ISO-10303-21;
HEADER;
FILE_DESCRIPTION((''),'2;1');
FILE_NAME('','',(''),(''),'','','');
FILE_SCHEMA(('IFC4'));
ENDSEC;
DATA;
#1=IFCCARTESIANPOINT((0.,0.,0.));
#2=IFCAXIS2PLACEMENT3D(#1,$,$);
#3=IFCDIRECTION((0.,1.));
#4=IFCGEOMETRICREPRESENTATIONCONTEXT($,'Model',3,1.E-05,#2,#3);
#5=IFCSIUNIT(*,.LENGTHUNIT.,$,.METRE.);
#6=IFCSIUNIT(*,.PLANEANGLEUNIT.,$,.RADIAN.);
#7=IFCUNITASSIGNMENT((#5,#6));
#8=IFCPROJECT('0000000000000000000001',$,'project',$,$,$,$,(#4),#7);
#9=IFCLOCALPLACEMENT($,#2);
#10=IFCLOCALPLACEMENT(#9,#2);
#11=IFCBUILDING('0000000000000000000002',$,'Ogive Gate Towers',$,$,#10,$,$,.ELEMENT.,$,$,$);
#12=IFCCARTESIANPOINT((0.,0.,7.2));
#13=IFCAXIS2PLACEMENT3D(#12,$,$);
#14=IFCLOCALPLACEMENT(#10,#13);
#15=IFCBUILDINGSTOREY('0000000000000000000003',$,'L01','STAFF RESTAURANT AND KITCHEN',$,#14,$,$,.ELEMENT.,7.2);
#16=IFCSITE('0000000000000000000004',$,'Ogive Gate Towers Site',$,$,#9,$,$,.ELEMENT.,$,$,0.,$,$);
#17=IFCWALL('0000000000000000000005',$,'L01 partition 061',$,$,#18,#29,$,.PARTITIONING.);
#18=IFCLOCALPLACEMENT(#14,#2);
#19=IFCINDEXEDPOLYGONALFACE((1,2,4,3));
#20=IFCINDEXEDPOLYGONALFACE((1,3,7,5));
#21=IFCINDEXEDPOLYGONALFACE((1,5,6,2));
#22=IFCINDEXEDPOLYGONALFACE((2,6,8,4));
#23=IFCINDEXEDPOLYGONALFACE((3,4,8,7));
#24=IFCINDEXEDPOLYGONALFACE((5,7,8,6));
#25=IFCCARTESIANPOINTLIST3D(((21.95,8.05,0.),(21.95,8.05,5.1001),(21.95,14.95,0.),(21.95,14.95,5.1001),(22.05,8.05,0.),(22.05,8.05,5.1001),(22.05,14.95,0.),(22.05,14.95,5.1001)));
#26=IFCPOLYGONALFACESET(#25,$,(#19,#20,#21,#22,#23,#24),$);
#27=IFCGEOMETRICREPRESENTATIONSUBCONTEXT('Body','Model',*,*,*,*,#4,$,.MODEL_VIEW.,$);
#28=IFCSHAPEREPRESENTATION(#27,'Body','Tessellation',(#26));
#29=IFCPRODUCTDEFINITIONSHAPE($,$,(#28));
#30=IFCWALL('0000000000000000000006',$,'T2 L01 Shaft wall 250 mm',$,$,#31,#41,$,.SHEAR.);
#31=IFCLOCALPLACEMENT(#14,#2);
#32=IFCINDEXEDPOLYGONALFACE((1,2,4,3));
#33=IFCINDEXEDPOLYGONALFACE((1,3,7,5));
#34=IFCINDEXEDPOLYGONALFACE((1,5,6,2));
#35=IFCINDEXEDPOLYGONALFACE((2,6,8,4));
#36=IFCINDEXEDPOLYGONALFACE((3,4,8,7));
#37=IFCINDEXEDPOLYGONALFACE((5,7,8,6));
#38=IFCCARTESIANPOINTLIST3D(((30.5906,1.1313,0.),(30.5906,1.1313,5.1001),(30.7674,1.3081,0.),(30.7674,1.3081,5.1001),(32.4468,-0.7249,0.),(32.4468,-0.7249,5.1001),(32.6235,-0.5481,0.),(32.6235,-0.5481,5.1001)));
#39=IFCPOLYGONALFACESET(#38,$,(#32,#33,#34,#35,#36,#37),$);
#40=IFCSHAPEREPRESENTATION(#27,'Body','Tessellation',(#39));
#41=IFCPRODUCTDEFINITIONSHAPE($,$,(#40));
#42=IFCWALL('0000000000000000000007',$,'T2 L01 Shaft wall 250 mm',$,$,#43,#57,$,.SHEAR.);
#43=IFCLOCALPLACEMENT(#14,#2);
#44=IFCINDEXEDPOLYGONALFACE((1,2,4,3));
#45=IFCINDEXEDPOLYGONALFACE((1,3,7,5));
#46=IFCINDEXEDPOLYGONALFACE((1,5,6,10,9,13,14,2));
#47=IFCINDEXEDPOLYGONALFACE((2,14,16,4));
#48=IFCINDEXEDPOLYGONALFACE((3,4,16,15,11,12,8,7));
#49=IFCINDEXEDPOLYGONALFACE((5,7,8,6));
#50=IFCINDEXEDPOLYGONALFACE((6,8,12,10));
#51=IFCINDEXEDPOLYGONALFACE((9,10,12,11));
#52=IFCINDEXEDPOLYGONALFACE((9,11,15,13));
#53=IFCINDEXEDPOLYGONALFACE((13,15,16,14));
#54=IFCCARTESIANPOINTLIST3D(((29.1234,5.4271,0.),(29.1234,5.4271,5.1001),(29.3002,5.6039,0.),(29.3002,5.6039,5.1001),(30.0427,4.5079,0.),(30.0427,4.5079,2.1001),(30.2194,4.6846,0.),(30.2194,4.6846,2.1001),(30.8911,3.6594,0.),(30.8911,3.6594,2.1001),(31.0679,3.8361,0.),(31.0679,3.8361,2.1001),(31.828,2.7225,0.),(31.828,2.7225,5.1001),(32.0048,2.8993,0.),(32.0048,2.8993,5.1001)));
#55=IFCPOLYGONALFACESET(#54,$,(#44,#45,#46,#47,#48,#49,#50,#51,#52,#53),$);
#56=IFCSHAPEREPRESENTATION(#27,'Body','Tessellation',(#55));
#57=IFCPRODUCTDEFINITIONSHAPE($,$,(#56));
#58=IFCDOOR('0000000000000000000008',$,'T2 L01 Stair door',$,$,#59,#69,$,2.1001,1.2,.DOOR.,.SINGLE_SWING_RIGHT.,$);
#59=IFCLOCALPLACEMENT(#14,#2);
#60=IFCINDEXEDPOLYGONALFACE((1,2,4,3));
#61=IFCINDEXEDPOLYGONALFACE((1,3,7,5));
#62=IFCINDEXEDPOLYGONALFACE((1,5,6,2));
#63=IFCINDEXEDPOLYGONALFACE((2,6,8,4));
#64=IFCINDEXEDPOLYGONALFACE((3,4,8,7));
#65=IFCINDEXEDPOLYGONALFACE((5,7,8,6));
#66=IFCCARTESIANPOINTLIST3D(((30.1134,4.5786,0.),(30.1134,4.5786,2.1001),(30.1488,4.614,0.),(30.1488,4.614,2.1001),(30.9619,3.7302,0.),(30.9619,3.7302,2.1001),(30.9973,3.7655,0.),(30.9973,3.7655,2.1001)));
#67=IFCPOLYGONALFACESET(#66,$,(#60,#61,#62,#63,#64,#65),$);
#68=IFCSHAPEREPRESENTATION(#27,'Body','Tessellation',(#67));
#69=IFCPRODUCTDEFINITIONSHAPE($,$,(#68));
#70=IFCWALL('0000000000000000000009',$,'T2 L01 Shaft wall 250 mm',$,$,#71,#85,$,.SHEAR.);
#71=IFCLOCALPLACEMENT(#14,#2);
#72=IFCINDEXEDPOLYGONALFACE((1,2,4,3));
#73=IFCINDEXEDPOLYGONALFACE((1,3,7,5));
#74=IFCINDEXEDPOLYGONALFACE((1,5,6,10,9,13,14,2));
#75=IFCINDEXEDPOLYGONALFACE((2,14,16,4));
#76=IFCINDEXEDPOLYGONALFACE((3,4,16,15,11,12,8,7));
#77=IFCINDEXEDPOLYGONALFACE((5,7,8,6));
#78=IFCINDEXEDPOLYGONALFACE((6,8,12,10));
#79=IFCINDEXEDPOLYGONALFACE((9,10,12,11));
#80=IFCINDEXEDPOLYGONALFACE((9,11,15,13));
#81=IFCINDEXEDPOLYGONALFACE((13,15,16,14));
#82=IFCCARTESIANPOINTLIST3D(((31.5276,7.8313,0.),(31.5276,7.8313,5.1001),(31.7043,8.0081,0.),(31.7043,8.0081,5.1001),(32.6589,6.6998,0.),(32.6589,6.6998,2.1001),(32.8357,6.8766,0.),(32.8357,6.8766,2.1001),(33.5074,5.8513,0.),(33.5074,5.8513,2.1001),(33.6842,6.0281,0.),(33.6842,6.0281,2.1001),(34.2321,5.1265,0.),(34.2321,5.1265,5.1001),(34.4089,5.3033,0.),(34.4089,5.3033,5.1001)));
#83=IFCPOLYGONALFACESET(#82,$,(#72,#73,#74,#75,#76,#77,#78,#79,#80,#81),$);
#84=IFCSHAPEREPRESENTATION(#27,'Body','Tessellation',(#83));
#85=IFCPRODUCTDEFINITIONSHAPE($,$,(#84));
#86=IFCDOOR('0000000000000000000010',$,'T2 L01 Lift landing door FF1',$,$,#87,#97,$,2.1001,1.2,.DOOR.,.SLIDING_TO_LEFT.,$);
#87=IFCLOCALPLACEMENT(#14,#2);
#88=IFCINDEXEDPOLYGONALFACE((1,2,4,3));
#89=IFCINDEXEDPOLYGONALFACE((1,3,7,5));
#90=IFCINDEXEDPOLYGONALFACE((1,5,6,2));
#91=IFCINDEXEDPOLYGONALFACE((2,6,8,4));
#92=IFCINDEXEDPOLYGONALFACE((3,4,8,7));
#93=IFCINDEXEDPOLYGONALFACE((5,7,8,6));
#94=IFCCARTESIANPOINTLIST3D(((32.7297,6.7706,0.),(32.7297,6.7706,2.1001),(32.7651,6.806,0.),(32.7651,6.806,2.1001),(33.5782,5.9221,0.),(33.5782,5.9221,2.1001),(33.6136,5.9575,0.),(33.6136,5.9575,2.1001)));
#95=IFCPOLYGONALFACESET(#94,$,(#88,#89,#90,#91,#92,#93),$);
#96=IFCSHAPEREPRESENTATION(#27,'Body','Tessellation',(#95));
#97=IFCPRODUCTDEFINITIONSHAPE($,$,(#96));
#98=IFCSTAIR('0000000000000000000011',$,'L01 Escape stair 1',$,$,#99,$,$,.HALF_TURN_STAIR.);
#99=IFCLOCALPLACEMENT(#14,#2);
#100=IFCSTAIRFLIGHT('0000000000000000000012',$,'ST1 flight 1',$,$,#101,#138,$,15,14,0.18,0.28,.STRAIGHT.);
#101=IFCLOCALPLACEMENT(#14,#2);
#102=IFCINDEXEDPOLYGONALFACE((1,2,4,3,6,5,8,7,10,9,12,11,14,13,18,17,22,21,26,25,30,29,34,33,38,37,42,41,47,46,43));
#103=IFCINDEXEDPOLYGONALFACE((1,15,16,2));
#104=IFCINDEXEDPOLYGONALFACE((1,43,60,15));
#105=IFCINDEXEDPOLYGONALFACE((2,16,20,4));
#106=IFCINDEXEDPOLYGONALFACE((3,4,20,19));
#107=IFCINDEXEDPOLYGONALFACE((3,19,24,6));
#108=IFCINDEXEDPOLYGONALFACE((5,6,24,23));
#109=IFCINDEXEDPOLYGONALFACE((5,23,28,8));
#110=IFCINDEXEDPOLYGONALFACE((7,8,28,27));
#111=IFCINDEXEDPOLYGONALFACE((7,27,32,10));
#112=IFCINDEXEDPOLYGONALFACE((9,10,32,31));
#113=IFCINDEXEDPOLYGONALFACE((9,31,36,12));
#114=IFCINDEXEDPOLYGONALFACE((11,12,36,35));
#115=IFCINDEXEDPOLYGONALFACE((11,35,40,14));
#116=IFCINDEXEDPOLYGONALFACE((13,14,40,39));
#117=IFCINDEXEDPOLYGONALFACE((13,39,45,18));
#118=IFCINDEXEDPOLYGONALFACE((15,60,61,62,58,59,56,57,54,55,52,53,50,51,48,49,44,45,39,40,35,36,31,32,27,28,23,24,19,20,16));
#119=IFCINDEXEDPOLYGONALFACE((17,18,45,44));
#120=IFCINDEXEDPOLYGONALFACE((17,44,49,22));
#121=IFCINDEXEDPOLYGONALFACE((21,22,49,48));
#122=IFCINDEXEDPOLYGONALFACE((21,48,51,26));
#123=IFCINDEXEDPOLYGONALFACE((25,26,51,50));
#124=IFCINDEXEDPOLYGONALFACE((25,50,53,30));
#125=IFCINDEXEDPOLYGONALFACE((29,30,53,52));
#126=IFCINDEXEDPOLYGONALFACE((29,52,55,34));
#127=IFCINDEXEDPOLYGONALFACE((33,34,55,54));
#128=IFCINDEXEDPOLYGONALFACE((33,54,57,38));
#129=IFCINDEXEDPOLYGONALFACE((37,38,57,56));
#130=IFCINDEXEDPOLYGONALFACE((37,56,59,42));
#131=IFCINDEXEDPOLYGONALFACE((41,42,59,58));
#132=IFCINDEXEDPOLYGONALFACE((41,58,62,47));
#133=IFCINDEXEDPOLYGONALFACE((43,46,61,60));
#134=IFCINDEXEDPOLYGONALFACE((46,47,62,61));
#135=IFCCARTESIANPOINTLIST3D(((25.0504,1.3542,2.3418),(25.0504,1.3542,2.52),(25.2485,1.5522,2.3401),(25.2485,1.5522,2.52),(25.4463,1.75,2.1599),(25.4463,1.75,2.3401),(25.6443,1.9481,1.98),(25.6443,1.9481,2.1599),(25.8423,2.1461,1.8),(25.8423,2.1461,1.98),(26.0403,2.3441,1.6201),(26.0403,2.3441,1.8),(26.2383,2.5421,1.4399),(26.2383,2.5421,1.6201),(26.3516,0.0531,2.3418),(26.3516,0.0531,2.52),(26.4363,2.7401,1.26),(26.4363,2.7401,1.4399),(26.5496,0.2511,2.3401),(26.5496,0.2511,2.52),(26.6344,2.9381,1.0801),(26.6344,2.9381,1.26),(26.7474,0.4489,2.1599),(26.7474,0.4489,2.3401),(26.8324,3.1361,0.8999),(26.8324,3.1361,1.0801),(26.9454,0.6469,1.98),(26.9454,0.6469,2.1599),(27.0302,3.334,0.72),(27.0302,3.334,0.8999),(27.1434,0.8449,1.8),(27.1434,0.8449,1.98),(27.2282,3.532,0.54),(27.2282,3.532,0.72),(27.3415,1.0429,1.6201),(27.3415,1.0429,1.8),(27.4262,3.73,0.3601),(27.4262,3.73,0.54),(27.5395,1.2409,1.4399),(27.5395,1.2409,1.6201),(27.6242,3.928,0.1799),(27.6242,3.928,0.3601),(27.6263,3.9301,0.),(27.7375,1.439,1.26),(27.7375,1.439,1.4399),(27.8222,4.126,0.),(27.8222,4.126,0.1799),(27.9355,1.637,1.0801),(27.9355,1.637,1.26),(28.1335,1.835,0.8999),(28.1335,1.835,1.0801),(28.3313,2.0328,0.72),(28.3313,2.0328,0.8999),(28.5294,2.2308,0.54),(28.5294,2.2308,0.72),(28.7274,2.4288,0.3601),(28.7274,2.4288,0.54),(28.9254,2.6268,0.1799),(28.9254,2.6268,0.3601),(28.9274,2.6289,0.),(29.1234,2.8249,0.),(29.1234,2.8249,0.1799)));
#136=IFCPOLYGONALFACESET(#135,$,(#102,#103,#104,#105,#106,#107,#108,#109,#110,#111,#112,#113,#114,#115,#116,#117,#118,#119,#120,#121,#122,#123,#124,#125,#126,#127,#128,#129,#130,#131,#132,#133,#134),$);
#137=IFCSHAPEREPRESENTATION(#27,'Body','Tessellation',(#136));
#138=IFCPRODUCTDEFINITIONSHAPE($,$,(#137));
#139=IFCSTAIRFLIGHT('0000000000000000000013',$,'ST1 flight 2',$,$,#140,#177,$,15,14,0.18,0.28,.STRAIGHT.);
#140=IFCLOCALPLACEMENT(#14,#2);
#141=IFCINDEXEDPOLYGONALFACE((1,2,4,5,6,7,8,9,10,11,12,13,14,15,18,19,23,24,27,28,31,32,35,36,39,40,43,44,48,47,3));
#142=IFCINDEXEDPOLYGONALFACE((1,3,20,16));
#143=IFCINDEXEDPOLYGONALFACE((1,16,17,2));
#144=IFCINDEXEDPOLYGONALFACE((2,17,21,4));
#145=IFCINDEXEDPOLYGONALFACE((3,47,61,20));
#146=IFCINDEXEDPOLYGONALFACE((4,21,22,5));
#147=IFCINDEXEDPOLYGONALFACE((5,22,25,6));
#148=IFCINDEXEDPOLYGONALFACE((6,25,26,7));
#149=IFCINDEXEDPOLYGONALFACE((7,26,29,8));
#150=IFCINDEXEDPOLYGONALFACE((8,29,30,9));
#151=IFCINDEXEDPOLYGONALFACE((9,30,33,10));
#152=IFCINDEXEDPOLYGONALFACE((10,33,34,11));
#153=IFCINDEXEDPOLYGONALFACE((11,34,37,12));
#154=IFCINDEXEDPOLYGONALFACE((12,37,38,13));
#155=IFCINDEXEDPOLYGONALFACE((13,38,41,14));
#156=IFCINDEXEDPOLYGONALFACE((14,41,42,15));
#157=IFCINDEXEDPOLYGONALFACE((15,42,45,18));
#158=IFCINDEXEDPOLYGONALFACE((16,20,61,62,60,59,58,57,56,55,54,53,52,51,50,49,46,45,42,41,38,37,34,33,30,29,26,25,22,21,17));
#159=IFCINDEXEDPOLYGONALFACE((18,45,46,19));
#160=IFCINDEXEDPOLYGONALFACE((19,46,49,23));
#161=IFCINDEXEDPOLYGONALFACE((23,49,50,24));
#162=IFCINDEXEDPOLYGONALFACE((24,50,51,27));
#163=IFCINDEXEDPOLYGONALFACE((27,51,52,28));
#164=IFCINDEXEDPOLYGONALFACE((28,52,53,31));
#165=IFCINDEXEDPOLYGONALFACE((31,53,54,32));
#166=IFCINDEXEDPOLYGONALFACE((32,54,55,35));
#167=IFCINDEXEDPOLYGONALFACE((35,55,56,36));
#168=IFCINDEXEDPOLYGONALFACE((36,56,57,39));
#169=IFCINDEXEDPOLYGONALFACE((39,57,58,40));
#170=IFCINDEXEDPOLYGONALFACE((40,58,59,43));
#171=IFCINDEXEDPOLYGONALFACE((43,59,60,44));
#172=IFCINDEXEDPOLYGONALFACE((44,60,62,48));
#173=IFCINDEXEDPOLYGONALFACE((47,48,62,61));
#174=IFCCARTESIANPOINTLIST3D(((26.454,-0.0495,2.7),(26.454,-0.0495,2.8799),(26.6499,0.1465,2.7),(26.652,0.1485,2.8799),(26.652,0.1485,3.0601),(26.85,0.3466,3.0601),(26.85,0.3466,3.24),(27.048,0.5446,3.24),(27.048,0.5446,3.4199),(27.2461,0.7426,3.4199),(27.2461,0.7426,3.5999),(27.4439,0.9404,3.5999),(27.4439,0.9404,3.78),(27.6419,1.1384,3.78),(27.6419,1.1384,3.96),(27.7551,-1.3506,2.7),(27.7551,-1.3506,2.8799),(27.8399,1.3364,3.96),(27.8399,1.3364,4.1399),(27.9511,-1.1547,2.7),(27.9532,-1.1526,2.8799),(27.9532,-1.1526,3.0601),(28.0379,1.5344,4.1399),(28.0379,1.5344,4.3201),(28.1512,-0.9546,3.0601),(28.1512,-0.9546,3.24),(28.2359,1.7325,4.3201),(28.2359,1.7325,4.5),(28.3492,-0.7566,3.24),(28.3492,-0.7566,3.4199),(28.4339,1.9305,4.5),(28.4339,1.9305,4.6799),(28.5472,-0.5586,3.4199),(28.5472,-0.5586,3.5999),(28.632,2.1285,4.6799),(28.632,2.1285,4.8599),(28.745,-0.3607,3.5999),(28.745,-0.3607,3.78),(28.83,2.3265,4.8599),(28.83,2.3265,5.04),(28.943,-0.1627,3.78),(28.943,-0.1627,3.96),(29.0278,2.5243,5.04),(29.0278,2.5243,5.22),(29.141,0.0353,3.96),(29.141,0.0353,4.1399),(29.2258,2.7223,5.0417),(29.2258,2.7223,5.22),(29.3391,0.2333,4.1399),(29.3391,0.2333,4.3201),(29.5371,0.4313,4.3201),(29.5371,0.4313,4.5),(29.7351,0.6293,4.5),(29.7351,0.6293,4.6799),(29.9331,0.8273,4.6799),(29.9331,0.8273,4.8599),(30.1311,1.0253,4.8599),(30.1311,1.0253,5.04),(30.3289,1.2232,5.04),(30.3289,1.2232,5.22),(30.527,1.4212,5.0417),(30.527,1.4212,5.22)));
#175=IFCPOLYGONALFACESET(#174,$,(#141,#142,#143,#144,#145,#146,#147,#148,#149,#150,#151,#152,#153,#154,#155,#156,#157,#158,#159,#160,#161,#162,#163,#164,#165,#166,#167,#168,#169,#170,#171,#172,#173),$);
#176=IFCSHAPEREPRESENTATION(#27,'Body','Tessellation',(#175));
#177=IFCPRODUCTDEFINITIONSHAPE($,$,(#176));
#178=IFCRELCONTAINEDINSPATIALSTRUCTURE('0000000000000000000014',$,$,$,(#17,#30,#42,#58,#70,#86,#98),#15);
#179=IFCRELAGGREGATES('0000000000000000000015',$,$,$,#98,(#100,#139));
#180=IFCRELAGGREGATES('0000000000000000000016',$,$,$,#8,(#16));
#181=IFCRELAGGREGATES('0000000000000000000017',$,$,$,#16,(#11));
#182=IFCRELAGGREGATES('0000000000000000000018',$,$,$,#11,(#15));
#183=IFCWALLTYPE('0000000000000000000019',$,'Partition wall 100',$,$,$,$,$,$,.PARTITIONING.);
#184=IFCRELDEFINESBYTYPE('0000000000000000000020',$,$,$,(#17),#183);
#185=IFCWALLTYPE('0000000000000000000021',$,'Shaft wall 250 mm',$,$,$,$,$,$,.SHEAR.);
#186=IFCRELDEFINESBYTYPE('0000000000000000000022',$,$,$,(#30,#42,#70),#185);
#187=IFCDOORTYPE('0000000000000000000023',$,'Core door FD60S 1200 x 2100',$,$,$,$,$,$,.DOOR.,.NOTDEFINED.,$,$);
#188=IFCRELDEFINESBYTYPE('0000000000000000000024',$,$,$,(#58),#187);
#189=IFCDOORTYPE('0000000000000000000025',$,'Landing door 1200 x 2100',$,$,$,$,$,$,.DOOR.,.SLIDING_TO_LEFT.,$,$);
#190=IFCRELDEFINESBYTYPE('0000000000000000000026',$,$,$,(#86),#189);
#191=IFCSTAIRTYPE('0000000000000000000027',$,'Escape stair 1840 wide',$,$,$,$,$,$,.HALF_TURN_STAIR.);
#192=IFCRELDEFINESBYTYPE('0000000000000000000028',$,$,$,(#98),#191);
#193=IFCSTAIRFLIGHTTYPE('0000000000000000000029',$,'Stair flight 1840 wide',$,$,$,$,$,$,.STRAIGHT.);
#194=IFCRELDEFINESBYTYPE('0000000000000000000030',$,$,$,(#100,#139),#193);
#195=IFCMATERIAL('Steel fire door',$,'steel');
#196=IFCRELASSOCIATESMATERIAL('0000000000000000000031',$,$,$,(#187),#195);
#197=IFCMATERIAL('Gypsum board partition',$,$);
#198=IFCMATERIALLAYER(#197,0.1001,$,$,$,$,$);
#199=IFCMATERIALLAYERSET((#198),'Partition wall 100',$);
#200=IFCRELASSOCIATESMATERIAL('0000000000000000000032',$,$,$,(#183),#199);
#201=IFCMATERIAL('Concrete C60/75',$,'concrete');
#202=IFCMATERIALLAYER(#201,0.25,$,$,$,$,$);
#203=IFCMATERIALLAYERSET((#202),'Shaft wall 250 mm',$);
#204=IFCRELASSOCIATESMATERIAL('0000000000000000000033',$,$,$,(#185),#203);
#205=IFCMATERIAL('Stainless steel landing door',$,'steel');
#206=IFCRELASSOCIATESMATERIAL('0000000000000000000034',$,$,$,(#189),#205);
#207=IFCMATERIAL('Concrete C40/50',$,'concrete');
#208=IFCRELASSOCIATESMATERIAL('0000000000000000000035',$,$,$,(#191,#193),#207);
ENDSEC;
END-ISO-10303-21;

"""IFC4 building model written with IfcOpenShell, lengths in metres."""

from ifc_helpers import new_model, si_unit, direction, frame, frame_2d, origin, place, context, subcontext, project, spatial, polyline, rectangle, outline, extrude, material, layer, layer_set, type_object, element, fill, aggregate, save


model = new_model("IFC4")

# Units and contexts
model_context = context("Model", 3, precision=1e-05, world=origin(), true_north=direction((0.0, 1.0)))
body_context = subcontext(model_context, "Body", "Model", "MODEL_VIEW")
ifc_project = project(units=[si_unit("LENGTHUNIT", "METRE"), si_unit("PLANEANGLEUNIT", "RADIAN")], contexts=[model_context])

# Site, building, storey
site_placement = place(None, origin())
site = spatial("IfcSite", under=ifc_project, at=site_placement, Name="Ogive Gate Towers Site", CompositionType="ELEMENT", RefElevation=0.0)
building_placement = place(site_placement, origin())
building = spatial("IfcBuilding", under=site, at=building_placement, Name="Ogive Gate Towers", CompositionType="ELEMENT")
storey_placement = place(building_placement, frame((0.0, 0.0, 7.2)))
storey = spatial("IfcBuildingStorey", under=building, at=storey_placement, Name="L01", Description="STAFF RESTAURANT AND KITCHEN", CompositionType="ELEMENT", Elevation=7.2)

# Shared definitions
ifc_material_1 = material(Name="Concrete C40/50", Category="concrete")

# Shared definitions
ifc_material_2 = material(Name="Concrete C60/75", Category="concrete")
ifc_material_3 = material(Name="Steel fire door", Category="steel")
door_type_1 = type_object("IfcDoorType", Name="Core door FD60S 1200 x 2100", OperationType="NOTDEFINED", PredefinedType="DOOR", material=ifc_material_3)

# Shared definitions
ifc_material_4 = material(Name="Gypsum board partition")
ifc_layer_1 = layer(ifc_material_4, 0.1001)
ifc_layer_set_1 = layer_set([ifc_layer_1], Name="Partition wall 100")
wall_type_1 = type_object("IfcWallType", Name="Partition wall 100", PredefinedType="PARTITIONING", material=ifc_layer_set_1)

# Walls
wall_1_placement = place(storey_placement, frame((22.0, 8.05, 0.0), z_axis=(0.0, 0.0, 1.0), x_axis=(0.0, 1.0, 0.0)))
element("IfcWall", 1, at=wall_1_placement, inside=storey, type_object=wall_type_1, Name="L01 partition 061", PredefinedType="PARTITIONING", context=body_context, shape_type="SweptSolid", body=[
    extrude(rectangle(XDim=6.8999, YDim=0.1001, at=frame_2d((3.45, 0.0))), origin(), (0.0, 0.0, 1.0), 5.1001),
])
ifc_layer_2 = layer(ifc_material_2, 0.25)
ifc_layer_set_2 = layer_set([ifc_layer_2], Name="Shaft wall 250 mm")
wall_type_2 = type_object("IfcWallType", Name="Shaft wall 250 mm", PredefinedType="SHEAR", material=ifc_layer_set_2)
wall_2_placement = place(storey_placement, frame((32.5352, -0.6365, 0.0), z_axis=(0.0, 0.0, 1.0), x_axis=(-0.707107, 0.707107, 0.0)))
element("IfcWall", 2, at=wall_2_placement, inside=storey, type_object=wall_type_2, Name="T2 L01 Shaft wall 250 mm", PredefinedType="SHEAR", context=body_context, shape_type="SweptSolid", body=[
    extrude(rectangle(XDim=2.625, YDim=0.25, at=frame_2d((1.3125, 0.0))), origin(), (0.0, 0.0, 1.0), 5.1001),
])

# Walls, openings, doors
wall_3_placement = place(storey_placement, frame((31.9165, 2.8108, 0.0), z_axis=(0.0, 0.0, 1.0), x_axis=(-0.707107, 0.707107, 0.0)))
wall_3 = element("IfcWall", 3, at=wall_3_placement, inside=storey, type_object=wall_type_2, Name="T2 L01 Shaft wall 250 mm", PredefinedType="SHEAR", context=body_context, shape_type="SweptSolid", body=[
    extrude(rectangle(XDim=3.825, YDim=0.25, at=frame_2d((1.9126, 0.0))), origin(), (0.0, 0.0, 1.0), 5.1001),
])
opening_1_placement = place(wall_3_placement, frame((1.325, 0.0, 0.0)))
opening_1 = element("IfcOpeningElement", 4, at=opening_1_placement, cuts=wall_3, PredefinedType="OPENING", context=body_context, shape_type="SweptSolid", body=[
    extrude(rectangle(XDim=1.2, YDim=2.1001, at=frame_2d((0.6001, 1.05))), frame((0.0, 0.135, 0.0), z_axis=(0.0, -1.0, 0.0), x_axis=(1.0, 0.0, 0.0)), (0.0, 0.0, 1.0), 0.27),
])
door_1_placement = place(opening_1_placement, origin())
door_1 = element("IfcDoor", 5, at=door_1_placement, inside=storey, type_object=door_type_1, Name="T2 L01 Stair door", OperationType="SINGLE_SWING_RIGHT", OverallHeight=2.1001, OverallWidth=1.2, PredefinedType="DOOR", context=body_context, shape_type="SweptSolid", body=[
    extrude(rectangle(XDim=1.2, YDim=2.1001, at=frame_2d((0.6001, 1.05))), frame((0.0, 0.0249, 0.0), z_axis=(0.0, -1.0, 0.0), x_axis=(1.0, 0.0, 0.0)), (0.0, 0.0, 1.0), 0.05),
])
fill(opening_1, door_1)
wall_4_placement = place(storey_placement, frame((34.3206, 5.2148, 0.0), z_axis=(0.0, 0.0, 1.0), x_axis=(-0.707075, 0.707139, 0.0)))
wall_4 = element("IfcWall", 6, at=wall_4_placement, inside=storey, type_object=wall_type_2, Name="T2 L01 Shaft wall 250 mm", PredefinedType="SHEAR", context=body_context, shape_type="SweptSolid", body=[
    extrude(rectangle(XDim=3.825, YDim=0.25, at=frame_2d((1.9126, 0.0))), origin(), (0.0, 0.0, 1.0), 5.1001),
])
opening_2_placement = place(wall_4_placement, frame((1.0249, 0.0, 0.0)))
opening_2 = element("IfcOpeningElement", 7, at=opening_2_placement, cuts=wall_4, PredefinedType="OPENING", context=body_context, shape_type="SweptSolid", body=[
    extrude(rectangle(XDim=1.2, YDim=2.1001, at=frame_2d((0.6001, 1.05))), frame((0.0, 0.135, 0.0), z_axis=(0.0, -1.0, 0.0), x_axis=(1.0, 0.0, 0.0)), (0.0, 0.0, 1.0), 0.27),
])
ifc_material_5 = material(Name="Stainless steel landing door", Category="steel")
door_type_2 = type_object("IfcDoorType", Name="Landing door 1200 x 2100", OperationType="SLIDING_TO_LEFT", PredefinedType="DOOR", material=ifc_material_5)
door_2_placement = place(opening_2_placement, origin())
door_2 = element("IfcDoor", 8, at=door_2_placement, inside=storey, type_object=door_type_2, Name="T2 L01 Lift landing door FF1", OperationType="SLIDING_TO_LEFT", OverallHeight=2.1001, OverallWidth=1.2, PredefinedType="DOOR", context=body_context, shape_type="SweptSolid", body=[
    extrude(rectangle(XDim=1.2, YDim=2.1001, at=frame_2d((0.6001, 1.05))), frame((0.0, 0.0249, 0.0), z_axis=(0.0, -1.0, 0.0), x_axis=(1.0, 0.0, 0.0)), (0.0, 0.0, 1.0), 0.05),
])
fill(opening_2, door_2)

# Stair, stair flights
stair_type = type_object("IfcStairType", Name="Escape stair 1840 wide", PredefinedType="HALF_TURN_STAIR", material=ifc_material_1)
stair_placement = place(storey_placement, origin())
stair = element("IfcStair", 9, at=stair_placement, inside=storey, type_object=stair_type, Name="L01 Escape stair 1", PredefinedType="HALF_TURN_STAIR")
stair_flight_type = type_object("IfcStairFlightType", Name="Stair flight 1840 wide", PredefinedType="STRAIGHT", material=ifc_material_1)
stair_flight_1_placement = place(storey_placement, frame((28.4729, 3.4753, 0.0), z_axis=(0.0, 0.0, 1.0), x_axis=(-0.707107, -0.707107, 0.0)))
stair_flight_1 = element("IfcStairFlight", 10, at=stair_flight_1_placement, type_object=stair_flight_type, Name="ST1 flight 1", NumberOfRisers=15, NumberOfTreads=14, PredefinedType="STRAIGHT", RiserHeight=0.18, TreadLength=0.28, context=body_context, shape_type="SweptSolid", body=[
    extrude(outline(polyline([(0.0, 0.0), (0.0, 0.1799), (0.28, 0.1799), (0.28, 0.3601), (0.5601, 0.3601), (0.5601, 0.54), (0.8401, 0.54), (0.8401, 0.72), (1.1201, 0.72), (1.1201, 0.8999), (1.3999, 0.8999), (1.3999, 1.0801), (1.6799, 1.0801), (1.6799, 1.26), (1.96, 1.26), (1.96, 1.4399), (2.24, 1.4399), (2.24, 1.6201), (2.52, 1.6201), (2.52, 1.8), (2.8, 1.8), (2.8, 1.98), (3.0801, 1.98), (3.0801, 2.1599), (3.3601, 2.1599), (3.3601, 2.3401), (3.6399, 2.3401), (3.6399, 2.52), (3.9199, 2.52), (3.9199, 2.7), (3.9199, 2.3418), (0.2771, 0.0), (0.0, 0.0)])), frame((0.0, 0.9199, 0.0), z_axis=(0.0, -1.0, 0.0), x_axis=(1.0, 0.0, 0.0)), (0.0, 0.0, 1.0), 1.8401),
])
stair_flight_2_placement = place(storey_placement, frame((27.1045, -0.7, 2.7), z_axis=(0.0, 0.0, 1.0), x_axis=(0.707107, 0.707107, 0.0)))
stair_flight_2 = element("IfcStairFlight", 11, at=stair_flight_2_placement, type_object=stair_flight_type, Name="ST1 flight 2", NumberOfRisers=15, NumberOfTreads=14, PredefinedType="STRAIGHT", RiserHeight=0.18, TreadLength=0.28, context=body_context, shape_type="SweptSolid", body=[
    extrude(outline(polyline([(0.0, 0.0), (0.0, 0.1799), (0.28, 0.1799), (0.28, 0.3601), (0.5601, 0.3601), (0.5601, 0.54), (0.8401, 0.54), (0.8401, 0.72), (1.1201, 0.72), (1.1201, 0.8999), (1.3999, 0.8999), (1.3999, 1.0801), (1.6799, 1.0801), (1.6799, 1.26), (1.96, 1.26), (1.96, 1.4399), (2.24, 1.4399), (2.24, 1.6201), (2.52, 1.6201), (2.52, 1.8), (2.8, 1.8), (2.8, 1.98), (3.0801, 1.98), (3.0801, 2.1599), (3.3601, 2.1599), (3.3601, 2.3401), (3.6399, 2.3401), (3.6399, 2.52), (3.9199, 2.52), (3.9199, 2.7), (3.9199, 2.3418), (0.2771, 0.0), (0.0, 0.0)])), frame((0.0, 0.9199, 0.0), z_axis=(0.0, -1.0, 0.0), x_axis=(1.0, 0.0, 0.0)), (0.0, 0.0, 1.0), 1.8401),
])
aggregate(stair, [stair_flight_1, stair_flight_2])

save(model, "model.ifc")
